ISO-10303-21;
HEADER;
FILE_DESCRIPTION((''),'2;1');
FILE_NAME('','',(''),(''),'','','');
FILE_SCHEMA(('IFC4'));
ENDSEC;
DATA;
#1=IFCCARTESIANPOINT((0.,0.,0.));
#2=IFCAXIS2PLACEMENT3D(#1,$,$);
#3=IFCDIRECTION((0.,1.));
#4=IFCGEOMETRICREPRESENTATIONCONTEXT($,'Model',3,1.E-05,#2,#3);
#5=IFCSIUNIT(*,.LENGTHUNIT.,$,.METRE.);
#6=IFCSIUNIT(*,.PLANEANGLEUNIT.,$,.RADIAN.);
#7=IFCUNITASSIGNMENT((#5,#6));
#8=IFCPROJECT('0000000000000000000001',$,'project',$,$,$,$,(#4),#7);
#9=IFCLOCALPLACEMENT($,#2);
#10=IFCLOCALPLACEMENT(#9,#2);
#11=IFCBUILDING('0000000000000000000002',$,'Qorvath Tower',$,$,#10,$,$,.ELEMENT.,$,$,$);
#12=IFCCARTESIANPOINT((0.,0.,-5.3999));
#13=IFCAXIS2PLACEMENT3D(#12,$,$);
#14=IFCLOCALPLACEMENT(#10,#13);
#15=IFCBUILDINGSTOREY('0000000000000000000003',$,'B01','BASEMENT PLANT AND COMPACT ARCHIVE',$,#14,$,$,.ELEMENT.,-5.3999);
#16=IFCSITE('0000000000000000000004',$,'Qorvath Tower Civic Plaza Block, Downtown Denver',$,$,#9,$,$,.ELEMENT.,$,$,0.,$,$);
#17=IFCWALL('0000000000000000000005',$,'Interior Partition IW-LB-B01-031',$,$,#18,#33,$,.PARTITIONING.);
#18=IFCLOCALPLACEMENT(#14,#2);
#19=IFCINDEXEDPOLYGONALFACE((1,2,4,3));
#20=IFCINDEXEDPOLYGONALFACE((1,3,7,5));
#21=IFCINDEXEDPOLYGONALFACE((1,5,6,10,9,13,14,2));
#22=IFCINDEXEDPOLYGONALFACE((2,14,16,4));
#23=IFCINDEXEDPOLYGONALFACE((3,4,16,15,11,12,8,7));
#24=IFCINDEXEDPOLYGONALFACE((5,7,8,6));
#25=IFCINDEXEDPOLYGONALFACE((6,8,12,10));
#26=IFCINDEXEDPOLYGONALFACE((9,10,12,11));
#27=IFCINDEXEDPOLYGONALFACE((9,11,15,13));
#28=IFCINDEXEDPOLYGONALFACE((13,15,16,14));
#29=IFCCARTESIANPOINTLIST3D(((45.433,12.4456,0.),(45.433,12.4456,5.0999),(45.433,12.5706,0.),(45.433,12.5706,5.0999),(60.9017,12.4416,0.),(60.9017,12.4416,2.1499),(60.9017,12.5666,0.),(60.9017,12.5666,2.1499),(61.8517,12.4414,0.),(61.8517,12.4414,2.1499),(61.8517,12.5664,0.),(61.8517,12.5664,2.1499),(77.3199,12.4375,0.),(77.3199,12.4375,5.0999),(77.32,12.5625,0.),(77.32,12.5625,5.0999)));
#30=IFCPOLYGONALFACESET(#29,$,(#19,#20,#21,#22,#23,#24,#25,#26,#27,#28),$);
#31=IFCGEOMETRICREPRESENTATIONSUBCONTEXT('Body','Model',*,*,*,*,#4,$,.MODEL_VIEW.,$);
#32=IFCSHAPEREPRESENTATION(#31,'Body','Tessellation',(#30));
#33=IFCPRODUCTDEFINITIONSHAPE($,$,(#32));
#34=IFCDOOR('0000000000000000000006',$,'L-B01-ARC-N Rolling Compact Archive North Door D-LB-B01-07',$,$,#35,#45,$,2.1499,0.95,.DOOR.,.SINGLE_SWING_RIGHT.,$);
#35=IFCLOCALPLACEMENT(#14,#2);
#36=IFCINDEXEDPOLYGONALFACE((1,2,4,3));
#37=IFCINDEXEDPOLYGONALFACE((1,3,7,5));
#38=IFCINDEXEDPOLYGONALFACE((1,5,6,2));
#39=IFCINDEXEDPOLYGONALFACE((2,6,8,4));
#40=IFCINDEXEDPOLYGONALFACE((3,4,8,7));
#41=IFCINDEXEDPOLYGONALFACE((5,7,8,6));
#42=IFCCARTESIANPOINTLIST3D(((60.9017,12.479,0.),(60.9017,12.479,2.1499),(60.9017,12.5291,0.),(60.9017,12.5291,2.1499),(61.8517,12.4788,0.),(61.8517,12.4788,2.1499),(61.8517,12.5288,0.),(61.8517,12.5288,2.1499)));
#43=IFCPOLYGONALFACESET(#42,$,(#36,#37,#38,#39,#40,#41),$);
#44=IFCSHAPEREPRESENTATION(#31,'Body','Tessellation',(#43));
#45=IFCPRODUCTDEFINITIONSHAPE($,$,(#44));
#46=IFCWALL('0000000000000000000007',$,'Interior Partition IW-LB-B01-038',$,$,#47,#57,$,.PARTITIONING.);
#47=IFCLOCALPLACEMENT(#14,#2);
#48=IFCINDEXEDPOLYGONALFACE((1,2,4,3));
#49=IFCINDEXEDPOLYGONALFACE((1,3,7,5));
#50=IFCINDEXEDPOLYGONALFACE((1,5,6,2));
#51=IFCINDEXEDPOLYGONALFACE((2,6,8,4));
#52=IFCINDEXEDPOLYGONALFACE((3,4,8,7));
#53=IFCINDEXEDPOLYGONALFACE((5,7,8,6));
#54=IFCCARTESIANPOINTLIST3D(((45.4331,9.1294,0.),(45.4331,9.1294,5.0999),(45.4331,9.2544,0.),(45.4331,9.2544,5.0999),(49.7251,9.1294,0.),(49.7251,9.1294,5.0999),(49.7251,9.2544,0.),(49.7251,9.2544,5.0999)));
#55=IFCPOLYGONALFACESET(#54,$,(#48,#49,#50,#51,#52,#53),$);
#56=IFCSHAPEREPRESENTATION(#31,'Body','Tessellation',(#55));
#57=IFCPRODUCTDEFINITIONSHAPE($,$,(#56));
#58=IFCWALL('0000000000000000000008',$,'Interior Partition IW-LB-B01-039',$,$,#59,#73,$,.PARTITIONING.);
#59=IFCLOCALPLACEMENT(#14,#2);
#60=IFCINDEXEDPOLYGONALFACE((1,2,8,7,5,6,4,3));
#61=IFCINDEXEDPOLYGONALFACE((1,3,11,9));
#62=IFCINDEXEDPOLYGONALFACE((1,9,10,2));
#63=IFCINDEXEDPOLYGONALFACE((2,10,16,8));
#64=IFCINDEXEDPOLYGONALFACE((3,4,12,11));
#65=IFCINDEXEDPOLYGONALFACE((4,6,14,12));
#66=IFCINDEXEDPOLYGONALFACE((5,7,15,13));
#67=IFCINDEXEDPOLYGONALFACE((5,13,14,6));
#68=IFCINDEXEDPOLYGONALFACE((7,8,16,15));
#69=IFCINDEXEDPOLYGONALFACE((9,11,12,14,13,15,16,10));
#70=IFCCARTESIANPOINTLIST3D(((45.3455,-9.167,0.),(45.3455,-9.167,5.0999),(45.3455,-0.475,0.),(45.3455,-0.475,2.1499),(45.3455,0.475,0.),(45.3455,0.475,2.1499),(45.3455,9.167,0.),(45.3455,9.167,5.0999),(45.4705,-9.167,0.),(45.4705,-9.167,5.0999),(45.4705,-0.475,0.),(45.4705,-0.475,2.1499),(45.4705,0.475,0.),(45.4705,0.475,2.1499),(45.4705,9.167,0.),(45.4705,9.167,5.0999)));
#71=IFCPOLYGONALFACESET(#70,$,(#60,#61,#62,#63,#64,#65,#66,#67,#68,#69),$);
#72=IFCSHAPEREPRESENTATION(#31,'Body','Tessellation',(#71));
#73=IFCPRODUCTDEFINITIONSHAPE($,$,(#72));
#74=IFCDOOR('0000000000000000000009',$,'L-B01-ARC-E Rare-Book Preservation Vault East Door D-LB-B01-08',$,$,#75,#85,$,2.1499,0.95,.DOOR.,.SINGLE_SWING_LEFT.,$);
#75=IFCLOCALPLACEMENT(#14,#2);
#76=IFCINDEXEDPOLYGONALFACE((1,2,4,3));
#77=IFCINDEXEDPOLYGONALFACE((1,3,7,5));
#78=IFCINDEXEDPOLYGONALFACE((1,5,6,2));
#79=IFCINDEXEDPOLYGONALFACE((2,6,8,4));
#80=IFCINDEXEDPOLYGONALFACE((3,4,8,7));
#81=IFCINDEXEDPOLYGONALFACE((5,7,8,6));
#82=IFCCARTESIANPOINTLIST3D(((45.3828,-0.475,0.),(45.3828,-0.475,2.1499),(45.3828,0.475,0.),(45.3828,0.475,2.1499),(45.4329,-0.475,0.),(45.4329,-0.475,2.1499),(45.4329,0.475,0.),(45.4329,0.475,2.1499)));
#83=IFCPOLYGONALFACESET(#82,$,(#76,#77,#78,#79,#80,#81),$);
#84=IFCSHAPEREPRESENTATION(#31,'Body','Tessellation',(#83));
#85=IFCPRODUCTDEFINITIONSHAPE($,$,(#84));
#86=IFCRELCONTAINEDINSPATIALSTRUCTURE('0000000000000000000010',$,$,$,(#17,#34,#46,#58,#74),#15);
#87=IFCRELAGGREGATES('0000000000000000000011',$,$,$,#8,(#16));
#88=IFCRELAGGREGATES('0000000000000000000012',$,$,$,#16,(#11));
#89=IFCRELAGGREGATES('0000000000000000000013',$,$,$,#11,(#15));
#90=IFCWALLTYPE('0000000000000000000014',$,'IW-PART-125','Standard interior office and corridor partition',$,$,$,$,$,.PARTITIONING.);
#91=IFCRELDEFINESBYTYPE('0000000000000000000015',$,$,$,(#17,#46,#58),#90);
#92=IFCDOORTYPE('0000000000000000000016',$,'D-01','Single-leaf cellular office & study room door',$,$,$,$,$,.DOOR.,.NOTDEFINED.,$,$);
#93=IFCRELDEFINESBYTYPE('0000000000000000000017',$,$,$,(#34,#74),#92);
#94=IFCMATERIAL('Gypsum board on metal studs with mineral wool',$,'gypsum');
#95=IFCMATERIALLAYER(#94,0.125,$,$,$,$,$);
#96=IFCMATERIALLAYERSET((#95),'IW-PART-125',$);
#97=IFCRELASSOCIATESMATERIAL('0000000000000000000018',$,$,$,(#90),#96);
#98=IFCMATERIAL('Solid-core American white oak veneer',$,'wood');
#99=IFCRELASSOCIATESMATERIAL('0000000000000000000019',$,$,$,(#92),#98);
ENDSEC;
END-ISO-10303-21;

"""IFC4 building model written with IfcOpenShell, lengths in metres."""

from ifc_helpers import new_model, si_unit, direction, frame, frame_2d, origin, place, context, subcontext, project, spatial, rectangle, extrude, material, layer, layer_set, type_object, element, fill, save


model = new_model("IFC4")

# Units and contexts
model_context = context("Model", 3, precision=1e-05, world=origin(), true_north=direction((0.0, 1.0)))
body_context = subcontext(model_context, "Body", "Model", "MODEL_VIEW")
ifc_project = project(units=[si_unit("LENGTHUNIT", "METRE"), si_unit("PLANEANGLEUNIT", "RADIAN")], contexts=[model_context])

# Site, building, storey
site_placement = place(None, origin())
site = spatial("IfcSite", under=ifc_project, at=site_placement, Name="Qorvath Tower Civic Plaza Block, Downtown Denver", CompositionType="ELEMENT", RefElevation=0.0)
building_placement = place(site_placement, origin())
building = spatial("IfcBuilding", under=site, at=building_placement, Name="Qorvath Tower", CompositionType="ELEMENT")
storey_placement = place(building_placement, frame((0.0, 0.0, -5.3999)))
storey = spatial("IfcBuildingStorey", under=building, at=storey_placement, Name="B01", Description="BASEMENT PLANT AND COMPACT ARCHIVE", CompositionType="ELEMENT", Elevation=-5.3999)

# Wall, opening, door
ifc_material_1 = material(Name="Gypsum board on metal studs with mineral wool", Category="gypsum")
ifc_layer_1 = layer(ifc_material_1, 0.125)
ifc_layer_set_1 = layer_set([ifc_layer_1], Name="IW-PART-125")
wall_type_1 = type_object("IfcWallType", Name="IW-PART-125", Description="Standard interior office and corridor partition", PredefinedType="PARTITIONING", material=ifc_layer_set_1)
wall_1_placement = place(storey_placement, frame((45.4331, 12.5081, 0.0), z_axis=(0.0, 0.0, 1.0), x_axis=(1.0, -0.000253, 0.0)))
wall_1 = element("IfcWall", 1, at=wall_1_placement, inside=storey, type_object=wall_type_1, Name="Interior Partition IW-LB-B01-031", PredefinedType="PARTITIONING", context=body_context, shape_type="SweptSolid", body=[
    extrude(rectangle(XDim=31.887, YDim=0.125, at=frame_2d((15.9434, 0.0))), origin(), (0.0, 0.0, 1.0), 5.0999),
])
opening_1_placement = place(wall_1_placement, frame((15.4685, 0.0, 0.0)))
opening_1 = element("IfcOpeningElement", 2, at=opening_1_placement, cuts=wall_1, PredefinedType="OPENING", context=body_context, shape_type="SweptSolid", body=[
    extrude(rectangle(XDim=0.95, YDim=2.1499, at=frame_2d((0.4751, 1.075))), frame((0.0, 0.0725, 0.0), z_axis=(0.0, -1.0, 0.0), x_axis=(1.0, 0.0, 0.0)), (0.0, 0.0, 1.0), 0.145),
])
ifc_material_2 = material(Name="Solid-core American white oak veneer", Category="wood")
door_type = type_object("IfcDoorType", Name="D-01", Description="Single-leaf cellular office & study room door", OperationType="NOTDEFINED", PredefinedType="DOOR", material=ifc_material_2)
door_1_placement = place(opening_1_placement, origin())
door_1 = element("IfcDoor", 3, at=door_1_placement, inside=storey, type_object=door_type, Name="L-B01-ARC-N Rolling Compact Archive North Door D-LB-B01-07", OperationType="SINGLE_SWING_RIGHT", OverallHeight=2.1499, OverallWidth=0.95, PredefinedType="DOOR", context=body_context, shape_type="SweptSolid", body=[
    extrude(rectangle(XDim=0.95, YDim=2.1499, at=frame_2d((0.4751, 1.075))), frame((0.0, 0.0249, 0.0), z_axis=(0.0, -1.0, 0.0), x_axis=(1.0, 0.0, 0.0)), (0.0, 0.0, 1.0), 0.05),
])
fill(opening_1, door_1)

# Wall
wall_2_placement = place(storey_placement, frame((49.7251, 9.1919, 0.0), z_axis=(0.0, 0.0, 1.0), x_axis=(-1.0, 0.0, 0.0)))
element("IfcWall", 4, at=wall_2_placement, inside=storey, type_object=wall_type_1, Name="Interior Partition IW-LB-B01-038", PredefinedType="PARTITIONING", context=body_context, shape_type="SweptSolid", body=[
    extrude(rectangle(XDim=4.292, YDim=0.125, at=frame_2d((2.146, 0.0))), origin(), (0.0, 0.0, 1.0), 5.0999),
])

# Wall, opening, door
wall_3_placement = place(storey_placement, frame((45.408, 9.167, 0.0), z_axis=(0.0, 0.0, 1.0), x_axis=(0.0, -1.0, 0.0)))
wall_3 = element("IfcWall", 5, at=wall_3_placement, inside=storey, type_object=wall_type_1, Name="Interior Partition IW-LB-B01-039", PredefinedType="PARTITIONING", context=body_context, shape_type="SweptSolid", body=[
    extrude(rectangle(XDim=18.334, YDim=0.125, at=frame_2d((9.167, 0.0))), origin(), (0.0, 0.0, 1.0), 5.0999),
])
opening_2_placement = place(wall_3_placement, frame((8.6919, 0.0, 0.0)))
opening_2 = element("IfcOpeningElement", 6, at=opening_2_placement, cuts=wall_3, PredefinedType="OPENING", context=body_context, shape_type="SweptSolid", body=[
    extrude(rectangle(XDim=0.95, YDim=2.1499, at=frame_2d((0.4751, 1.075))), frame((0.0, 0.0725, 0.0), z_axis=(0.0, -1.0, 0.0), x_axis=(1.0, 0.0, 0.0)), (0.0, 0.0, 1.0), 0.145),
])
door_2_placement = place(opening_2_placement, origin())
door_2 = element("IfcDoor", 7, at=door_2_placement, inside=storey, type_object=door_type, Name="L-B01-ARC-E Rare-Book Preservation Vault East Door D-LB-B01-08", OperationType="SINGLE_SWING_LEFT", OverallHeight=2.1499, OverallWidth=0.95, PredefinedType="DOOR", context=body_context, shape_type="SweptSolid", body=[
    extrude(rectangle(XDim=0.95, YDim=2.1499, at=frame_2d((0.4751, 1.075))), frame((0.0, 0.0249, 0.0), z_axis=(0.0, -1.0, 0.0), x_axis=(1.0, 0.0, 0.0)), (0.0, 0.0, 1.0), 0.05),
])
fill(opening_2, door_2)

save(model, "model.ifc")
